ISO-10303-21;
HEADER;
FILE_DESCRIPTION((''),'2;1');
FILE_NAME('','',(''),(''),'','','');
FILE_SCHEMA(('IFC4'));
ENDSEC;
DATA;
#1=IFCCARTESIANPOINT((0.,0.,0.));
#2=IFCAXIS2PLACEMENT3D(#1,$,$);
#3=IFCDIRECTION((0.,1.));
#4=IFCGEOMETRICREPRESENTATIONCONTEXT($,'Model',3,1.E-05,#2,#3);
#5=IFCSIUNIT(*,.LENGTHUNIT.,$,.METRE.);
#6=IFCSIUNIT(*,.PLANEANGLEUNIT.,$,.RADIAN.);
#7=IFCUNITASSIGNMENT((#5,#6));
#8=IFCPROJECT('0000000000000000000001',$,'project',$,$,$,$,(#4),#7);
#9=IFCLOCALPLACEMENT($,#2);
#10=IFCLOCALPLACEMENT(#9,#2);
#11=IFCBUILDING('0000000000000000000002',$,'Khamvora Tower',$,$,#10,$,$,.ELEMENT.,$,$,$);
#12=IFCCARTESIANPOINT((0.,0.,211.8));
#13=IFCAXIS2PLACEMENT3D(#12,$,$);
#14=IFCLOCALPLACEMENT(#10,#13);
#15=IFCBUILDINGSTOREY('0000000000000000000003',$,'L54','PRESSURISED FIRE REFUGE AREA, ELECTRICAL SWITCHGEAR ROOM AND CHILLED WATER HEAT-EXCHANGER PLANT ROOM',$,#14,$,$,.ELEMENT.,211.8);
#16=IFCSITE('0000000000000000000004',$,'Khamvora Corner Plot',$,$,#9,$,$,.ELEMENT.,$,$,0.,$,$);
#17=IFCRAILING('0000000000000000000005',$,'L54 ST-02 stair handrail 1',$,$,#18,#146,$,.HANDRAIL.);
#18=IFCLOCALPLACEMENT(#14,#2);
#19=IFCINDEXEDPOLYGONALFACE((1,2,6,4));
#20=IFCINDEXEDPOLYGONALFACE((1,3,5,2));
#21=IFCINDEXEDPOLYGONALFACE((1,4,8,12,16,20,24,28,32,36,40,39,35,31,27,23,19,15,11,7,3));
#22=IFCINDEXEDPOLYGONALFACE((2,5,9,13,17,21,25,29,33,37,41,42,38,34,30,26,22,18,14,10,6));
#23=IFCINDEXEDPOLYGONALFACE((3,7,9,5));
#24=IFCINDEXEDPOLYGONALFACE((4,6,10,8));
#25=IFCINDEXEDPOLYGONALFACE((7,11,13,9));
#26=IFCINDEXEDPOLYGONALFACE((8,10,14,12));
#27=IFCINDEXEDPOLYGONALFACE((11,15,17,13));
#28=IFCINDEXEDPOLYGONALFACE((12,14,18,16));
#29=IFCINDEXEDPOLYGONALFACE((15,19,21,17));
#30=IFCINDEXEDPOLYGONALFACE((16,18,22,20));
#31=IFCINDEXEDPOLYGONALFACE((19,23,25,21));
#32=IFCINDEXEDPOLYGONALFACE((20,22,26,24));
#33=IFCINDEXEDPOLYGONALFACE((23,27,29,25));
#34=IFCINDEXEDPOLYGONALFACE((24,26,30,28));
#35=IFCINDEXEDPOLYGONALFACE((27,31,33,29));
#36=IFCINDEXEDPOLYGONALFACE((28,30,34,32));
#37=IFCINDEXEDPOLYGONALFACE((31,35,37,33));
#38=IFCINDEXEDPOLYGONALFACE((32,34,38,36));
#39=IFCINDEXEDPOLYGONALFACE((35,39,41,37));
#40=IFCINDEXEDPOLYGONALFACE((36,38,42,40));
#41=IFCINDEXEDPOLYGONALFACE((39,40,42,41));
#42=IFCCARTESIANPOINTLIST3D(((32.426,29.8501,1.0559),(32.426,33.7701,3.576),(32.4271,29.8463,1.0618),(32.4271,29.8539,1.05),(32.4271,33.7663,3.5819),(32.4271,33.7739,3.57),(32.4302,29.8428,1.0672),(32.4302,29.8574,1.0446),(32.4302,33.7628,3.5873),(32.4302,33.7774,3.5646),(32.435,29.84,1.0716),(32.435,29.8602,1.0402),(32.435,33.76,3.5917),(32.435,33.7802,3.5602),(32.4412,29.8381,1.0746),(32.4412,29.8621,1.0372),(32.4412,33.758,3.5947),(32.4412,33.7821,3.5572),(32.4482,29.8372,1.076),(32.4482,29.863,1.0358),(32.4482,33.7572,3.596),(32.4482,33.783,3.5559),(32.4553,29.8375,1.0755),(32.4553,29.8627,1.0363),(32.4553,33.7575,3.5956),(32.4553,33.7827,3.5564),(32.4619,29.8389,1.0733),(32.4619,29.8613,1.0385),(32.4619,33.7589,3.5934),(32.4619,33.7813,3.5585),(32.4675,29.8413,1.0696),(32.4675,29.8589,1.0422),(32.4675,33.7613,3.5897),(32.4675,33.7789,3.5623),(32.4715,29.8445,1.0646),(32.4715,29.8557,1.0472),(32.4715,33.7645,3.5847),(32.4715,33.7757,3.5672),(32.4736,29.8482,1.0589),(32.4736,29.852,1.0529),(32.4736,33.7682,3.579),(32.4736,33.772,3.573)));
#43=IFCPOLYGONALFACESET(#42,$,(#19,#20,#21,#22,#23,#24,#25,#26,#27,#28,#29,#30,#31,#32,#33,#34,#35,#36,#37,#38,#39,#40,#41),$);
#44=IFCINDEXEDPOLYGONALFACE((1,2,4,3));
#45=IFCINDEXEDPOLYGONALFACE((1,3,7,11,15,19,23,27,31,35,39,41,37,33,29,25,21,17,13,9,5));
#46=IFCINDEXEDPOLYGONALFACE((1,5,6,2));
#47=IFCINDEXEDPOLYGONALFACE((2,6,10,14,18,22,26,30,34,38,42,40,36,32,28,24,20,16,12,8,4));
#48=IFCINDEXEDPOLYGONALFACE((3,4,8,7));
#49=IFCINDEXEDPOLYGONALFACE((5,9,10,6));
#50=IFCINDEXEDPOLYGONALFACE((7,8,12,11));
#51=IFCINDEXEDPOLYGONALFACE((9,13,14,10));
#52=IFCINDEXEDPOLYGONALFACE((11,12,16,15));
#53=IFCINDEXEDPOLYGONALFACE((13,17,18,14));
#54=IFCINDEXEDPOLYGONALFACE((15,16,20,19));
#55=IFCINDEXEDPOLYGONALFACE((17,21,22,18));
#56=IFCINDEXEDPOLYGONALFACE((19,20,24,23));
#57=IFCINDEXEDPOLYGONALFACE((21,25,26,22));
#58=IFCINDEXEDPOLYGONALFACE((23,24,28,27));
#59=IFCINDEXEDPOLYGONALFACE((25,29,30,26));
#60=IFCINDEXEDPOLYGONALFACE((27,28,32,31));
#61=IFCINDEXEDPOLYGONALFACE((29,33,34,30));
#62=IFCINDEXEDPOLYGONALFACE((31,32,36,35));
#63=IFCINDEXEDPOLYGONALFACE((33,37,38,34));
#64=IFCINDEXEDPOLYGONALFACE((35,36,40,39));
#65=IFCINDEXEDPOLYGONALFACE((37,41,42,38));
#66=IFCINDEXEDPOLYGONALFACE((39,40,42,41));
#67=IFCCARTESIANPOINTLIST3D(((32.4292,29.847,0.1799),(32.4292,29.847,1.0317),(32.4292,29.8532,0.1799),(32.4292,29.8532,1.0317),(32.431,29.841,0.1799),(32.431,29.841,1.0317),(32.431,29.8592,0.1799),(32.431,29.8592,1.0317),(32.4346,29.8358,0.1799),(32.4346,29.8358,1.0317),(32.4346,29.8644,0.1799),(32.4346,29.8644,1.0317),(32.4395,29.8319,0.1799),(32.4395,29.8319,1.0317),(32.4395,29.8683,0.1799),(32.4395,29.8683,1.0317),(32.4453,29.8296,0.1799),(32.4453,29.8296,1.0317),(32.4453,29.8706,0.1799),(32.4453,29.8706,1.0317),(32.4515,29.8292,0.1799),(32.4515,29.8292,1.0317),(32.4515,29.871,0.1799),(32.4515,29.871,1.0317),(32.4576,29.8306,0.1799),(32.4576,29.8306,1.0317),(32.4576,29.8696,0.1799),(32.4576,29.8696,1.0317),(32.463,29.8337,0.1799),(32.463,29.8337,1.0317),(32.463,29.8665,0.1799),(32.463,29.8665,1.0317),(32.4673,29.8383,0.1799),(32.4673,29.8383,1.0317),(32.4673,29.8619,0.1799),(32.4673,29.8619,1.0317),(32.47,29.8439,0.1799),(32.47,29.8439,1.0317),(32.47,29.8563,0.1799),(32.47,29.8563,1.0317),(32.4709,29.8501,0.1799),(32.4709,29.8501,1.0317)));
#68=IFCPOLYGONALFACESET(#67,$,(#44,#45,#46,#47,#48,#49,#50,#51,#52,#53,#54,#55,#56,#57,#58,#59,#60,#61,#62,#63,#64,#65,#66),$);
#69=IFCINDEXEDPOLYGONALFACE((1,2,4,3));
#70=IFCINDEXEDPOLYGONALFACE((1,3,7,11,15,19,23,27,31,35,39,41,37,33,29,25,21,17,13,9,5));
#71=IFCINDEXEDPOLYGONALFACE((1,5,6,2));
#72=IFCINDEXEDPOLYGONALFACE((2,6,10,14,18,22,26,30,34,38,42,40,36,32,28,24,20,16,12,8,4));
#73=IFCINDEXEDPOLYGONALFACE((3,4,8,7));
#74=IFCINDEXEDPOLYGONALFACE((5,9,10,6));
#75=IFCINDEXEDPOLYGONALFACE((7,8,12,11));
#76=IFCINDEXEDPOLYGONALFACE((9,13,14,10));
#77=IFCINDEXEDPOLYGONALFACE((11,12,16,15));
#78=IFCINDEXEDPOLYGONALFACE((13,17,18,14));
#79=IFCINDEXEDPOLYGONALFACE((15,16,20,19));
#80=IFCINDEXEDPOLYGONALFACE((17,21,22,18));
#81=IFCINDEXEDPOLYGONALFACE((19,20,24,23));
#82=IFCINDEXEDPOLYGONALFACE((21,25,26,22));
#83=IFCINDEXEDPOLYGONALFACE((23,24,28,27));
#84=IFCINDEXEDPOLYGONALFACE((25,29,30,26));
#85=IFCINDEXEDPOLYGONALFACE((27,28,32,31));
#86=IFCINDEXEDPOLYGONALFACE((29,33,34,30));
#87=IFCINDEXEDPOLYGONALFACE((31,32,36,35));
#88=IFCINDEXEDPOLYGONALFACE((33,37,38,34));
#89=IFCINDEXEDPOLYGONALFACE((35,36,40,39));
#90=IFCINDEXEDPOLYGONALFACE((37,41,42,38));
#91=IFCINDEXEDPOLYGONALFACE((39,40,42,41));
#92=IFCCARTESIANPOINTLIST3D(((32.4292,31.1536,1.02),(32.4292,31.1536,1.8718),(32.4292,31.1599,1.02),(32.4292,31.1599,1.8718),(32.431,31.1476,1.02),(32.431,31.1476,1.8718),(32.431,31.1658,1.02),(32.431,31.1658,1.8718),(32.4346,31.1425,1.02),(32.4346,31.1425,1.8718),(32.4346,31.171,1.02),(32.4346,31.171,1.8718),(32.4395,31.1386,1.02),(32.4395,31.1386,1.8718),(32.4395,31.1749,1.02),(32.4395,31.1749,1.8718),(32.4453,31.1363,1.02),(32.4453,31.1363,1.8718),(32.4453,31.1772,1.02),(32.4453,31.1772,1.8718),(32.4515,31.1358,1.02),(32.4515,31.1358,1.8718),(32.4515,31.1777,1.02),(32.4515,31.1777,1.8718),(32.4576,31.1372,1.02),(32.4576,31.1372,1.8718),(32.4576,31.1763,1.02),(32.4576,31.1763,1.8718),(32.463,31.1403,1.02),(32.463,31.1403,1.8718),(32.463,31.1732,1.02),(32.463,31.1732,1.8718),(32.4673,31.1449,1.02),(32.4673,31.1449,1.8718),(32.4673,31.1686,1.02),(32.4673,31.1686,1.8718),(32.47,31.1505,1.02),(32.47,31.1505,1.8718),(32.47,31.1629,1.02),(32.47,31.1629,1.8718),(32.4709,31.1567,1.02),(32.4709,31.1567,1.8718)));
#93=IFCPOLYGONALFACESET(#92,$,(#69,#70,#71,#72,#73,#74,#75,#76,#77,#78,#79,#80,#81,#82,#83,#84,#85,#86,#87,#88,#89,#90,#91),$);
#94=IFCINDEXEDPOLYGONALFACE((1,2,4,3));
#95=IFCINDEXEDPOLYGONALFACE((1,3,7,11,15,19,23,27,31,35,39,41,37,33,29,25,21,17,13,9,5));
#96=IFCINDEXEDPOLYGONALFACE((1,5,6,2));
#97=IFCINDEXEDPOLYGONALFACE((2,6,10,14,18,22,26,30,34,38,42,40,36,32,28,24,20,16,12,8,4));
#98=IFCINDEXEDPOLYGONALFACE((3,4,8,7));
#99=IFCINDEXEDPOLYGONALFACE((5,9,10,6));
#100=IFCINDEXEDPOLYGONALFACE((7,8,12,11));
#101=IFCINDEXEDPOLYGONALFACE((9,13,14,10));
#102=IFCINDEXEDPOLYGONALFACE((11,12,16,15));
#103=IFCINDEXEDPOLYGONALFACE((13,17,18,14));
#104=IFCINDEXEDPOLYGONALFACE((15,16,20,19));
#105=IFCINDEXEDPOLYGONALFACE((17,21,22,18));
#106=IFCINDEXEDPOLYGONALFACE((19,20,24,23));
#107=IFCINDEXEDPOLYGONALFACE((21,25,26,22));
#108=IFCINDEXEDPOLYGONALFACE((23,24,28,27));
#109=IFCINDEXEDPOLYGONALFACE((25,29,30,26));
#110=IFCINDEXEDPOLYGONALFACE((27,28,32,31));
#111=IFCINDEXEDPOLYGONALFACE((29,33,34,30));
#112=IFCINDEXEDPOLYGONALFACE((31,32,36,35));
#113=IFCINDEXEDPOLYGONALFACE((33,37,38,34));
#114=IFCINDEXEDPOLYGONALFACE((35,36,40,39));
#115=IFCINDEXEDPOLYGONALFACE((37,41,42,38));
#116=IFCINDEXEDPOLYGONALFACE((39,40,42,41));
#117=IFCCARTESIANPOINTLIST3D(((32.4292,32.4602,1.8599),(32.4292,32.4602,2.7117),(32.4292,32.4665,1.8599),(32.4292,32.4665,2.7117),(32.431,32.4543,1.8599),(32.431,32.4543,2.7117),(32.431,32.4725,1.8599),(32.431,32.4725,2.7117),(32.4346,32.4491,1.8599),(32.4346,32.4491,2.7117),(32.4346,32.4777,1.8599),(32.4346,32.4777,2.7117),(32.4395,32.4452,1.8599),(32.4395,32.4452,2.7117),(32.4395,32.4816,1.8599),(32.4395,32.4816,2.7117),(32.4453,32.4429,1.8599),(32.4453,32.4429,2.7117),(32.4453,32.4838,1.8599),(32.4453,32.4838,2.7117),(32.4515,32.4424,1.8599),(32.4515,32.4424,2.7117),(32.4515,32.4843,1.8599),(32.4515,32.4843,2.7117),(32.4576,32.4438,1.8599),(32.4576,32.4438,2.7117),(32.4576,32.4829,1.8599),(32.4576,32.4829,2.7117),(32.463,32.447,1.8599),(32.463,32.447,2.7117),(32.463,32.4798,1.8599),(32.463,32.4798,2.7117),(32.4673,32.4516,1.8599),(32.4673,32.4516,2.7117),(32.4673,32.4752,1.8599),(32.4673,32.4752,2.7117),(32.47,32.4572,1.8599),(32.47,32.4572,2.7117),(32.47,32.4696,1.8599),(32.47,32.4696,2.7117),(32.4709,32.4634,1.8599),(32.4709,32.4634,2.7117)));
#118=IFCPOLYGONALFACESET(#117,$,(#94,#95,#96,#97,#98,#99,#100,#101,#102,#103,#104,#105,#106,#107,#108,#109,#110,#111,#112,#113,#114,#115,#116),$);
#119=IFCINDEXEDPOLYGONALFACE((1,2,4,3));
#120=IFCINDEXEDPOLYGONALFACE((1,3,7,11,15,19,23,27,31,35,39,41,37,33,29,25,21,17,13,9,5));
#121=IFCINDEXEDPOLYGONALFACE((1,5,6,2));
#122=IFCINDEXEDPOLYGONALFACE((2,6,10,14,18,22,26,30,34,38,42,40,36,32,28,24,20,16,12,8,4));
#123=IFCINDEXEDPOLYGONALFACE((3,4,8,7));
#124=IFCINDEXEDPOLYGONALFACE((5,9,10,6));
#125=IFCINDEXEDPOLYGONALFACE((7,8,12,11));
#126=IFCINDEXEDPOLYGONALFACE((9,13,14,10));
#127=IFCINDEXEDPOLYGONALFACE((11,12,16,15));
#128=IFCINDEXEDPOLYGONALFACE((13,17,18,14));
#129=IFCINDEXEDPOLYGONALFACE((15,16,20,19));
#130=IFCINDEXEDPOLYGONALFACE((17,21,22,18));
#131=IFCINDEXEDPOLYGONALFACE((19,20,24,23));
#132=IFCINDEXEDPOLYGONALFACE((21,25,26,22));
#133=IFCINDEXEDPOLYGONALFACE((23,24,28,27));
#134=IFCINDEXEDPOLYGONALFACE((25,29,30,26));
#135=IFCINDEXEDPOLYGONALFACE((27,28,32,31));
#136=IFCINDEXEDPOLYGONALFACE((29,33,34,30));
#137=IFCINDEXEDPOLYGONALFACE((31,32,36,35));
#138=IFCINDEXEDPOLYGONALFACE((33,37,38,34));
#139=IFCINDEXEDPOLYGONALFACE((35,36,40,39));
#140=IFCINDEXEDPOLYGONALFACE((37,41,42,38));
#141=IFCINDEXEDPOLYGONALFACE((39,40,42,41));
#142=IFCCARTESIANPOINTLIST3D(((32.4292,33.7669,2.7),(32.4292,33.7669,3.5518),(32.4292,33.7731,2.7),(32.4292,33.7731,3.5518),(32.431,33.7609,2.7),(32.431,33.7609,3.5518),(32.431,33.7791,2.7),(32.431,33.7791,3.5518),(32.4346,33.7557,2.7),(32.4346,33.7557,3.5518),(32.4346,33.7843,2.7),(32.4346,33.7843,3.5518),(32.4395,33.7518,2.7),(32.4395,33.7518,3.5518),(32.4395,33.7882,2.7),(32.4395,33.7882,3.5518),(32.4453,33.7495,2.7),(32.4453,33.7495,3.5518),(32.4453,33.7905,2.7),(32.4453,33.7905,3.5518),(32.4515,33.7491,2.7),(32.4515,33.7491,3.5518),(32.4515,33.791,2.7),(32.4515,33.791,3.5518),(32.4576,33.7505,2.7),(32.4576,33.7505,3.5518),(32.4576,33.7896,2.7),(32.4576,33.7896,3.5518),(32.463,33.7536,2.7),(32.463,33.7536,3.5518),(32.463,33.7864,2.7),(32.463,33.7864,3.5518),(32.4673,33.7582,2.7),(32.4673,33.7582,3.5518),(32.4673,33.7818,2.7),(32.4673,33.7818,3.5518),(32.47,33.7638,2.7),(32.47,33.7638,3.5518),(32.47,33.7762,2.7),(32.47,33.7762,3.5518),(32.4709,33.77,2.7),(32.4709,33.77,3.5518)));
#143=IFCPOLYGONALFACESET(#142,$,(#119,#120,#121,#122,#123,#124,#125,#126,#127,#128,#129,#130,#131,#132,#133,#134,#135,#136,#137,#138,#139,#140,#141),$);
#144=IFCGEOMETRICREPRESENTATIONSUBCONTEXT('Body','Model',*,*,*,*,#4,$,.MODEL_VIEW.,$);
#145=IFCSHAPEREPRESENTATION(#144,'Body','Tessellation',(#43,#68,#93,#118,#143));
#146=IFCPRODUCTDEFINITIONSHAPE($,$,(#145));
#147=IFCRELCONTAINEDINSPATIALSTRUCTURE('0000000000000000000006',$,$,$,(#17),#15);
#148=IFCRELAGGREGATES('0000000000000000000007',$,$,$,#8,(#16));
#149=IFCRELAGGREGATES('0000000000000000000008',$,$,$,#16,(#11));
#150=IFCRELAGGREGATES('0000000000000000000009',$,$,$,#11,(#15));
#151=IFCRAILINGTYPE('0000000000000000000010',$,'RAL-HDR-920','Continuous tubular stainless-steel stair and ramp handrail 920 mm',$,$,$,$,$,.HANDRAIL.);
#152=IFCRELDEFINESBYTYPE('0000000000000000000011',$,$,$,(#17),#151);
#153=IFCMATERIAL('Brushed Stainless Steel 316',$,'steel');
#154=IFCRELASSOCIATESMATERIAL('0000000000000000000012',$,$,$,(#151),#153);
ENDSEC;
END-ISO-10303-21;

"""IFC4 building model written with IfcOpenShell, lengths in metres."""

from ifc_helpers import new_model, si_unit, direction, frame, origin, origin_2d, place, context, subcontext, project, spatial, circle, extrude, material, type_object, element, save


model = new_model("IFC4")

# Units and contexts
model_context = context("Model", 3, precision=1e-05, world=origin(), true_north=direction((0.0, 1.0)))
body_context = subcontext(model_context, "Body", "Model", "MODEL_VIEW")
ifc_project = project(units=[si_unit("LENGTHUNIT", "METRE"), si_unit("PLANEANGLEUNIT", "RADIAN")], contexts=[model_context])

# Site, building, storey
site_placement = place(None, origin())
site = spatial("IfcSite", under=ifc_project, at=site_placement, Name="Khamvora Corner Plot", CompositionType="ELEMENT", RefElevation=0.0)
building_placement = place(site_placement, origin())
building = spatial("IfcBuilding", under=site, at=building_placement, Name="Khamvora Tower", CompositionType="ELEMENT")
storey_placement = place(building_placement, frame((0.0, 0.0, 211.8)))
storey = spatial("IfcBuildingStorey", under=building, at=storey_placement, Name="L54", Description="PRESSURISED FIRE REFUGE AREA, ELECTRICAL SWITCHGEAR ROOM AND CHILLED WATER HEAT-EXCHANGER PLANT ROOM", CompositionType="ELEMENT", Elevation=211.8)

# Railing
ifc_material_1 = material(Name="Brushed Stainless Steel 316", Category="steel")
railing_type_1 = type_object("IfcRailingType", Name="RAL-HDR-920", Description="Continuous tubular stainless-steel stair and ramp handrail 920 mm", PredefinedType="HANDRAIL", material=ifc_material_1)
railing_1_placement = place(storey_placement, frame((32.45, 29.8501, 0.1799)))
element("IfcRailing", 1, at=railing_1_placement, inside=storey, type_object=railing_type_1, Name="L54 ST-02 stair handrail 1", PredefinedType="HANDRAIL", context=body_context, shape_type="SweptSolid", body=[
    extrude(circle(Radius=0.0239, at=origin_2d()), frame((0.0, 0.0, 0.876), z_axis=(0.0, 0.841172, 0.540768), x_axis=(-1.0, 0.0, 0.0)), (0.0, 0.0, 1.0), 4.6602),
    extrude(circle(Radius=0.021, at=origin_2d()), origin(), (0.0, 0.0, 1.0), 0.8518),
    extrude(circle(Radius=0.021, at=origin_2d()), frame((0.0, 1.3066, 0.8401)), (0.0, 0.0, 1.0), 0.8518),
    extrude(circle(Radius=0.021, at=origin_2d()), frame((0.0, 2.6133, 1.6799)), (0.0, 0.0, 1.0), 0.8518),
    extrude(circle(Radius=0.021, at=origin_2d()), frame((0.0, 3.9199, 2.52)), (0.0, 0.0, 1.0), 0.8518),
])

save(model, "model.ifc")
